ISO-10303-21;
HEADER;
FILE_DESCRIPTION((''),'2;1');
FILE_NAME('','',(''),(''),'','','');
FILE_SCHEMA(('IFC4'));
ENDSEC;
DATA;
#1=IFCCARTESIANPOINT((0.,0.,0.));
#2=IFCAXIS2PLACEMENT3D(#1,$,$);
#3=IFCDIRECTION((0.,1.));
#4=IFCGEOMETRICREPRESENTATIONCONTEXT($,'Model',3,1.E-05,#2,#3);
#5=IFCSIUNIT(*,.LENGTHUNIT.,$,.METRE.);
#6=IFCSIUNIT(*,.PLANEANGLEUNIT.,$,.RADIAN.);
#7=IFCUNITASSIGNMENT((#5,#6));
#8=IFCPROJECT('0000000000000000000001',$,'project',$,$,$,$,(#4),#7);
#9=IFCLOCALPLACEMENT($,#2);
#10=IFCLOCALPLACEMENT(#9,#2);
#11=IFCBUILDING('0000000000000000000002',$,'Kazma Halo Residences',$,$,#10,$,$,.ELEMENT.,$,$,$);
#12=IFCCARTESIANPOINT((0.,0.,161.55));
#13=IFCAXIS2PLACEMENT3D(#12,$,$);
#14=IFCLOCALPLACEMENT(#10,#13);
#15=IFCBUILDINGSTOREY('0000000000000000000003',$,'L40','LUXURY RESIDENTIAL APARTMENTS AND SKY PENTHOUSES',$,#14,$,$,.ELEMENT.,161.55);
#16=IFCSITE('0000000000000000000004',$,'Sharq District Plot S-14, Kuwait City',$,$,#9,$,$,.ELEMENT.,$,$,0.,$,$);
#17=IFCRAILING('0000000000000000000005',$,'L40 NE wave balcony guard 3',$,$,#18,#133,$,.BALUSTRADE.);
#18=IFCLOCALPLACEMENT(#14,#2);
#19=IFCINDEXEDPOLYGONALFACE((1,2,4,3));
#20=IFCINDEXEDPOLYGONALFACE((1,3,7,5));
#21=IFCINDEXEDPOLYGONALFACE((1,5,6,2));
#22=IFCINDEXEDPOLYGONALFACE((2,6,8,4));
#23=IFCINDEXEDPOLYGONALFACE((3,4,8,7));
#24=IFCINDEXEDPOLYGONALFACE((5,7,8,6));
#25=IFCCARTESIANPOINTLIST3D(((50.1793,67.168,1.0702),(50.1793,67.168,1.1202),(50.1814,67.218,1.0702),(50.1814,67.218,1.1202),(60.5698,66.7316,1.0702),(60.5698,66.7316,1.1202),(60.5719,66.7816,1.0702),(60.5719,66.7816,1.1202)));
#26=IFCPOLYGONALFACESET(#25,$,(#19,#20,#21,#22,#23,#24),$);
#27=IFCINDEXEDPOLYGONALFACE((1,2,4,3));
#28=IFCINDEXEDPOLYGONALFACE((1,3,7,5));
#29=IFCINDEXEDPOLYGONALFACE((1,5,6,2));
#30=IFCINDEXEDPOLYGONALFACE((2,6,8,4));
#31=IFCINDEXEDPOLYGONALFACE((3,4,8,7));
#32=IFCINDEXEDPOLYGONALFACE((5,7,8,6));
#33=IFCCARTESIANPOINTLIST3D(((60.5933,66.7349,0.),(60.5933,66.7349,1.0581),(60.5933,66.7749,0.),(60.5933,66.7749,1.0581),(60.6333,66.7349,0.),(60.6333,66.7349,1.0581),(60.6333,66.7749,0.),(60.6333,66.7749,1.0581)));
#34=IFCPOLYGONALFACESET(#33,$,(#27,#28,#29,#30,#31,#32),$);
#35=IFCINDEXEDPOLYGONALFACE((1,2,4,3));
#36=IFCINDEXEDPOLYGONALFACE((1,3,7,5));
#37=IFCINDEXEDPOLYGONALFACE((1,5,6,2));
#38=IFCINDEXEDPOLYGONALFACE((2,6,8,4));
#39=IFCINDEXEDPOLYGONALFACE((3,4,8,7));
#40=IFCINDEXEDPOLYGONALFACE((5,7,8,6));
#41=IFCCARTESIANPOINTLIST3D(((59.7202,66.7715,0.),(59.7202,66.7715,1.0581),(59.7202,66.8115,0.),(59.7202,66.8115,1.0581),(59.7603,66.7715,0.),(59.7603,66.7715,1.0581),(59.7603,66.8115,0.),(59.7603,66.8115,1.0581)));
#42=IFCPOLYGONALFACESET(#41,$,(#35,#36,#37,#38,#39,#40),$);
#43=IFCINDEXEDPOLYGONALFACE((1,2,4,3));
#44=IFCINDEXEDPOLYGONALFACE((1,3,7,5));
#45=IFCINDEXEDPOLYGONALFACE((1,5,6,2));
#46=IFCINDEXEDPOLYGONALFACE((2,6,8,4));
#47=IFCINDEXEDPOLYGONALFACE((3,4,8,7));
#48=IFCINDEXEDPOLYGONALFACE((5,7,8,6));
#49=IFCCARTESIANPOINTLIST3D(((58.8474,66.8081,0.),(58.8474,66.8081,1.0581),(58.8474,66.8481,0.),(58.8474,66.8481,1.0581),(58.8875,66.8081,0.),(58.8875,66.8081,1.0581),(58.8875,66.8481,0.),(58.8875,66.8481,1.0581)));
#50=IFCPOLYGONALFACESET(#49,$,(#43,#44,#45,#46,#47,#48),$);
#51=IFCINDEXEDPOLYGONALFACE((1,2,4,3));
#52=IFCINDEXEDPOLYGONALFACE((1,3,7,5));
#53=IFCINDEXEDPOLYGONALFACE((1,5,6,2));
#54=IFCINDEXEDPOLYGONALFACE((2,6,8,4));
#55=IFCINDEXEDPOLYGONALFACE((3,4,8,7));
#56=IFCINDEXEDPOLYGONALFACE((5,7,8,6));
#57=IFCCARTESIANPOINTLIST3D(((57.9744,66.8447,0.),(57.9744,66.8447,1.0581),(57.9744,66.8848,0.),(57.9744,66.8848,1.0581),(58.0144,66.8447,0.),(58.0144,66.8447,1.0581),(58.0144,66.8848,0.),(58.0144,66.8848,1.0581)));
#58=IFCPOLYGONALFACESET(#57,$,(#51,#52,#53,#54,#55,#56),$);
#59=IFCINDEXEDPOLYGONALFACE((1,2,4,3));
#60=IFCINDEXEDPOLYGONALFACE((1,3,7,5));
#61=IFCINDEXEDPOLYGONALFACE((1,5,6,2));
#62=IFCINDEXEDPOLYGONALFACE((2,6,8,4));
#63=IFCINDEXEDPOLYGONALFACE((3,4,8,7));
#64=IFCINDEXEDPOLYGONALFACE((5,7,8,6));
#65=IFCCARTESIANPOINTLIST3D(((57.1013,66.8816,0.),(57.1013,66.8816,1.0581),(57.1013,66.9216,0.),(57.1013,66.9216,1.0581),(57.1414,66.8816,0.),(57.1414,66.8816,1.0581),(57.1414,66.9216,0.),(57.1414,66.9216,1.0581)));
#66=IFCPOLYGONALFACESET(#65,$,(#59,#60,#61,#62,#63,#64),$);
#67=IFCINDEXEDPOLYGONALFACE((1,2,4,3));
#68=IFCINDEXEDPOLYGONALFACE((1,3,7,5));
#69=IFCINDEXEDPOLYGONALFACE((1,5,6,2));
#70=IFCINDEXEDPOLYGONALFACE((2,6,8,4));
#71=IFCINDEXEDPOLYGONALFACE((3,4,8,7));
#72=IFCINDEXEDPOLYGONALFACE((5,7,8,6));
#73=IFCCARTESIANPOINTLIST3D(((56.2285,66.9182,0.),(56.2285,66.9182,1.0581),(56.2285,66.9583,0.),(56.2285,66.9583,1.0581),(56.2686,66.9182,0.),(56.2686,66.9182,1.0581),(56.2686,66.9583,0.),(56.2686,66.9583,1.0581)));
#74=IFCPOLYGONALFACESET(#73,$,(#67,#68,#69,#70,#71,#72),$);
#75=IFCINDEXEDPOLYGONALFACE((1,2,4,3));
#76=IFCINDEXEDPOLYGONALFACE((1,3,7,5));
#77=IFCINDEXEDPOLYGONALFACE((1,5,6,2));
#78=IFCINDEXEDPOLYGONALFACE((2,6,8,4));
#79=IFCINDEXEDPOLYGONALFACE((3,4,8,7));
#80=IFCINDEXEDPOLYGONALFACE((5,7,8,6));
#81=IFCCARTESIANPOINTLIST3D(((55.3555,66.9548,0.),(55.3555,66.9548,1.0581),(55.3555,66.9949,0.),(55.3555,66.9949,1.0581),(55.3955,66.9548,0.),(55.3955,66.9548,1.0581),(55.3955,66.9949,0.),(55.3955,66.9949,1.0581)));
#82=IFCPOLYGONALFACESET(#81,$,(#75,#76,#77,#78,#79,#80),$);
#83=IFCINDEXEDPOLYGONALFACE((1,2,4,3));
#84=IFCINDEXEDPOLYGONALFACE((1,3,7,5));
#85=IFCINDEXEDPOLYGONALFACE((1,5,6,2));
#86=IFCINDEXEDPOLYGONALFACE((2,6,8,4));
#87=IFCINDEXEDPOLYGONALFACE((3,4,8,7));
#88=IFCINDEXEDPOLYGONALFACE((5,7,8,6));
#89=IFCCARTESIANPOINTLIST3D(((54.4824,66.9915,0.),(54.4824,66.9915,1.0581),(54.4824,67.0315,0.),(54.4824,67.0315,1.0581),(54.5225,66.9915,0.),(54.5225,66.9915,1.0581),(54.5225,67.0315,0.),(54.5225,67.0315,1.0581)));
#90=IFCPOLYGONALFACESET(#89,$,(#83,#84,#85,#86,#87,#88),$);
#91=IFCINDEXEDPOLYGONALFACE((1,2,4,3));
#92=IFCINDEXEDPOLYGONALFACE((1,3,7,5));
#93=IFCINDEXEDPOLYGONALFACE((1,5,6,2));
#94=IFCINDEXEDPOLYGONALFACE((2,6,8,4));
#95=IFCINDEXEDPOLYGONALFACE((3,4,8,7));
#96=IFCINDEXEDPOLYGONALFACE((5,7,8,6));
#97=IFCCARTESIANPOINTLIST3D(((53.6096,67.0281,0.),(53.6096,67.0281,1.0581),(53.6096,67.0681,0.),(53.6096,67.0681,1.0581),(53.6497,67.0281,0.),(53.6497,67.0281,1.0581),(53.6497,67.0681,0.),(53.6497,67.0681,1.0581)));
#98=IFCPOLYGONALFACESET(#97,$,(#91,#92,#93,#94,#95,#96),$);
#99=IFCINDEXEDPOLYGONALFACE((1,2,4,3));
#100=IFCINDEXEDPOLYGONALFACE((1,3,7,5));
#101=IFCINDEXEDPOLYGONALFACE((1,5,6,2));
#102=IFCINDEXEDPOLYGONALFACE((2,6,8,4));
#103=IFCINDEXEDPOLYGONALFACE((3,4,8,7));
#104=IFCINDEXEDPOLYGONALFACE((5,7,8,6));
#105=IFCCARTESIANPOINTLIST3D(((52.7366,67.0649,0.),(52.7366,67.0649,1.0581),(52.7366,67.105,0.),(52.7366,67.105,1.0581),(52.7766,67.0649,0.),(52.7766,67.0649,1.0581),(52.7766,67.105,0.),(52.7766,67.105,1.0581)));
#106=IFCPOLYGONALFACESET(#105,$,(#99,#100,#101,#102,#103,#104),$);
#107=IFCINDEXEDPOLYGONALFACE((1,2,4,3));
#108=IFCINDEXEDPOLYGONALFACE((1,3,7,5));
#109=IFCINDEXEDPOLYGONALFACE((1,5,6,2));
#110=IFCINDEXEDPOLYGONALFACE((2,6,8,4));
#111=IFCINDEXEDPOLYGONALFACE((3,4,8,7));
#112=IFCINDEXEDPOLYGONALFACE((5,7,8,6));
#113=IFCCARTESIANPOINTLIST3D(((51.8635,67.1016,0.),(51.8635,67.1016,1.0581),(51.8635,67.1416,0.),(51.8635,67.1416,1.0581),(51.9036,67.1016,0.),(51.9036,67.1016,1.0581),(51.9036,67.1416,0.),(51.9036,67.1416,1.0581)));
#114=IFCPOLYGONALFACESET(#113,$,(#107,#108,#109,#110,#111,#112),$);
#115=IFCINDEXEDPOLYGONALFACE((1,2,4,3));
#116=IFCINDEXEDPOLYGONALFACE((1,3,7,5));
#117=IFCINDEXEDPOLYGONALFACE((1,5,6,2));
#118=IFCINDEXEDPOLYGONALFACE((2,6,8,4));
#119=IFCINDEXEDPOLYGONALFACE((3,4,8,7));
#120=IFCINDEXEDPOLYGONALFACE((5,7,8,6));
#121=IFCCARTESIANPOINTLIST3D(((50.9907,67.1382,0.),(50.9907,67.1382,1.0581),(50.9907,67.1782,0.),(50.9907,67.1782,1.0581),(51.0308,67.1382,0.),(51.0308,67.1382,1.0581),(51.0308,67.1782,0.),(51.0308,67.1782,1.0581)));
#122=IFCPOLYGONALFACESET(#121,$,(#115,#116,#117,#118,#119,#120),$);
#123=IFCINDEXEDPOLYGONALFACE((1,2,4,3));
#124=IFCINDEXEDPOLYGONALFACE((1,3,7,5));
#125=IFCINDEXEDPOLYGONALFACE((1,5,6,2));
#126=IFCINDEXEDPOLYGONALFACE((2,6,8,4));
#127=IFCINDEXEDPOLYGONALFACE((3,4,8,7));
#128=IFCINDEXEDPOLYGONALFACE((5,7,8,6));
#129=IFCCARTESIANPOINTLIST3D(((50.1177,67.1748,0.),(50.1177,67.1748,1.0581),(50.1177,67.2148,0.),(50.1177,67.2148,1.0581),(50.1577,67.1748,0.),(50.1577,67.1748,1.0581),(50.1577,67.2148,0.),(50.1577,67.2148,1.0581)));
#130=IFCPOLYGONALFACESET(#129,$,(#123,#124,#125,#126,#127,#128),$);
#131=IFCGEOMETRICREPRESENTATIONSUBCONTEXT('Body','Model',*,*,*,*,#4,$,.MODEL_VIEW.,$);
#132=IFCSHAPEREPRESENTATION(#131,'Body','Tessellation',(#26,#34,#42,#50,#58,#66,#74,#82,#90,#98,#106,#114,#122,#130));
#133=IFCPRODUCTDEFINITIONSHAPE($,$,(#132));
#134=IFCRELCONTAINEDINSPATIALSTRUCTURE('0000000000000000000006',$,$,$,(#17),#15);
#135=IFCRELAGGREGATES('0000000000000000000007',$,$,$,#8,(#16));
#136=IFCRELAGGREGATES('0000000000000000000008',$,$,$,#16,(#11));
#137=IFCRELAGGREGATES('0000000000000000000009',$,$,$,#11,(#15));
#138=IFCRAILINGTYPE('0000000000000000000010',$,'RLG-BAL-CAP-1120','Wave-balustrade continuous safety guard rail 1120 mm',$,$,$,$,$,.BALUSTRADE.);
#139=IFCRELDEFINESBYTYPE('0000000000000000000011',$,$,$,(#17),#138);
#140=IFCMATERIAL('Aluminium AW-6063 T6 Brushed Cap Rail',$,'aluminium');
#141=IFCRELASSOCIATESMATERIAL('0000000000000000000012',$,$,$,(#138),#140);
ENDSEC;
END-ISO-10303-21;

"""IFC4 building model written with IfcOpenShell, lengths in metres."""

from ifc_helpers import new_model, si_unit, direction, frame, origin, origin_2d, place, context, subcontext, project, spatial, rectangle, extrude, material, type_object, element, save


model = new_model("IFC4")

# Units and contexts
model_context = context("Model", 3, precision=1e-05, world=origin(), true_north=direction((0.0, 1.0)))
body_context = subcontext(model_context, "Body", "Model", "MODEL_VIEW")
ifc_project = project(units=[si_unit("LENGTHUNIT", "METRE"), si_unit("PLANEANGLEUNIT", "RADIAN")], contexts=[model_context])

# Site, building, storey
site_placement = place(None, origin())
site = spatial("IfcSite", under=ifc_project, at=site_placement, Name="Sharq District Plot S-14, Kuwait City", CompositionType="ELEMENT", RefElevation=0.0)
building_placement = place(site_placement, origin())
building = spatial("IfcBuilding", under=site, at=building_placement, Name="Kazma Halo Residences", CompositionType="ELEMENT")
storey_placement = place(building_placement, frame((0.0, 0.0, 161.55)))
storey = spatial("IfcBuildingStorey", under=building, at=storey_placement, Name="L40", Description="LUXURY RESIDENTIAL APARTMENTS AND SKY PENTHOUSES", CompositionType="ELEMENT", Elevation=161.55)

# Railing
ifc_material_1 = material(Name="Aluminium AW-6063 T6 Brushed Cap Rail", Category="aluminium")
railing_type = type_object("IfcRailingType", Name="RLG-BAL-CAP-1120", Description="Wave-balustrade continuous safety guard rail 1120 mm", PredefinedType="BALUSTRADE", material=ifc_material_1)
railing_1_placement = place(storey_placement, frame((60.6133, 66.7549, 0.0)))
element("IfcRailing", 1, at=railing_1_placement, inside=storey, type_object=railing_type, Name="L40 NE wave balcony guard 3", PredefinedType="BALUSTRADE", context=body_context, shape_type="SweptSolid", body=[
    extrude(rectangle(XDim=0.05, YDim=0.05, at=origin_2d()), frame((-0.0425, 0.0017, 1.0952), z_axis=(-0.999119, 0.04196, 0.0), x_axis=(-0.04196, -0.999119, 0.0)), (0.0, 0.0, 1.0), 10.3997),
    extrude(rectangle(XDim=0.04, YDim=0.04, at=origin_2d()), origin(), (0.0, 0.0, 1.0), 1.0581),
    extrude(rectangle(XDim=0.04, YDim=0.04, at=origin_2d()), frame((-0.873, 0.0366, 0.0)), (0.0, 0.0, 1.0), 1.0581),
    extrude(rectangle(XDim=0.04, YDim=0.04, at=origin_2d()), frame((-1.7458, 0.0732, 0.0)), (0.0, 0.0, 1.0), 1.0581),
    extrude(rectangle(XDim=0.04, YDim=0.04, at=origin_2d()), frame((-2.6189, 0.1099, 0.0)), (0.0, 0.0, 1.0), 1.0581),
    extrude(rectangle(XDim=0.04, YDim=0.04, at=origin_2d()), frame((-3.4919, 0.1467, 0.0)), (0.0, 0.0, 1.0), 1.0581),
    extrude(rectangle(XDim=0.04, YDim=0.04, at=origin_2d()), frame((-4.3647, 0.1833, 0.0)), (0.0, 0.0, 1.0), 1.0581),
    extrude(rectangle(XDim=0.04, YDim=0.04, at=origin_2d()), frame((-5.2378, 0.22, 0.0)), (0.0, 0.0, 1.0), 1.0581),
    extrude(rectangle(XDim=0.04, YDim=0.04, at=origin_2d()), frame((-6.1108, 0.2566, 0.0)), (0.0, 0.0, 1.0), 1.0581),
    extrude(rectangle(XDim=0.04, YDim=0.04, at=origin_2d()), frame((-6.9836, 0.2932, 0.0)), (0.0, 0.0, 1.0), 1.0581),
    extrude(rectangle(XDim=0.04, YDim=0.04, at=origin_2d()), frame((-7.8567, 0.3301, 0.0)), (0.0, 0.0, 1.0), 1.0581),
    extrude(rectangle(XDim=0.04, YDim=0.04, at=origin_2d()), frame((-8.7297, 0.3667, 0.0)), (0.0, 0.0, 1.0), 1.0581),
    extrude(rectangle(XDim=0.04, YDim=0.04, at=origin_2d()), frame((-9.6025, 0.4033, 0.0)), (0.0, 0.0, 1.0), 1.0581),
    extrude(rectangle(XDim=0.04, YDim=0.04, at=origin_2d()), frame((-10.4756, 0.4399, 0.0)), (0.0, 0.0, 1.0), 1.0581),
])

save(model, "model.ifc")
